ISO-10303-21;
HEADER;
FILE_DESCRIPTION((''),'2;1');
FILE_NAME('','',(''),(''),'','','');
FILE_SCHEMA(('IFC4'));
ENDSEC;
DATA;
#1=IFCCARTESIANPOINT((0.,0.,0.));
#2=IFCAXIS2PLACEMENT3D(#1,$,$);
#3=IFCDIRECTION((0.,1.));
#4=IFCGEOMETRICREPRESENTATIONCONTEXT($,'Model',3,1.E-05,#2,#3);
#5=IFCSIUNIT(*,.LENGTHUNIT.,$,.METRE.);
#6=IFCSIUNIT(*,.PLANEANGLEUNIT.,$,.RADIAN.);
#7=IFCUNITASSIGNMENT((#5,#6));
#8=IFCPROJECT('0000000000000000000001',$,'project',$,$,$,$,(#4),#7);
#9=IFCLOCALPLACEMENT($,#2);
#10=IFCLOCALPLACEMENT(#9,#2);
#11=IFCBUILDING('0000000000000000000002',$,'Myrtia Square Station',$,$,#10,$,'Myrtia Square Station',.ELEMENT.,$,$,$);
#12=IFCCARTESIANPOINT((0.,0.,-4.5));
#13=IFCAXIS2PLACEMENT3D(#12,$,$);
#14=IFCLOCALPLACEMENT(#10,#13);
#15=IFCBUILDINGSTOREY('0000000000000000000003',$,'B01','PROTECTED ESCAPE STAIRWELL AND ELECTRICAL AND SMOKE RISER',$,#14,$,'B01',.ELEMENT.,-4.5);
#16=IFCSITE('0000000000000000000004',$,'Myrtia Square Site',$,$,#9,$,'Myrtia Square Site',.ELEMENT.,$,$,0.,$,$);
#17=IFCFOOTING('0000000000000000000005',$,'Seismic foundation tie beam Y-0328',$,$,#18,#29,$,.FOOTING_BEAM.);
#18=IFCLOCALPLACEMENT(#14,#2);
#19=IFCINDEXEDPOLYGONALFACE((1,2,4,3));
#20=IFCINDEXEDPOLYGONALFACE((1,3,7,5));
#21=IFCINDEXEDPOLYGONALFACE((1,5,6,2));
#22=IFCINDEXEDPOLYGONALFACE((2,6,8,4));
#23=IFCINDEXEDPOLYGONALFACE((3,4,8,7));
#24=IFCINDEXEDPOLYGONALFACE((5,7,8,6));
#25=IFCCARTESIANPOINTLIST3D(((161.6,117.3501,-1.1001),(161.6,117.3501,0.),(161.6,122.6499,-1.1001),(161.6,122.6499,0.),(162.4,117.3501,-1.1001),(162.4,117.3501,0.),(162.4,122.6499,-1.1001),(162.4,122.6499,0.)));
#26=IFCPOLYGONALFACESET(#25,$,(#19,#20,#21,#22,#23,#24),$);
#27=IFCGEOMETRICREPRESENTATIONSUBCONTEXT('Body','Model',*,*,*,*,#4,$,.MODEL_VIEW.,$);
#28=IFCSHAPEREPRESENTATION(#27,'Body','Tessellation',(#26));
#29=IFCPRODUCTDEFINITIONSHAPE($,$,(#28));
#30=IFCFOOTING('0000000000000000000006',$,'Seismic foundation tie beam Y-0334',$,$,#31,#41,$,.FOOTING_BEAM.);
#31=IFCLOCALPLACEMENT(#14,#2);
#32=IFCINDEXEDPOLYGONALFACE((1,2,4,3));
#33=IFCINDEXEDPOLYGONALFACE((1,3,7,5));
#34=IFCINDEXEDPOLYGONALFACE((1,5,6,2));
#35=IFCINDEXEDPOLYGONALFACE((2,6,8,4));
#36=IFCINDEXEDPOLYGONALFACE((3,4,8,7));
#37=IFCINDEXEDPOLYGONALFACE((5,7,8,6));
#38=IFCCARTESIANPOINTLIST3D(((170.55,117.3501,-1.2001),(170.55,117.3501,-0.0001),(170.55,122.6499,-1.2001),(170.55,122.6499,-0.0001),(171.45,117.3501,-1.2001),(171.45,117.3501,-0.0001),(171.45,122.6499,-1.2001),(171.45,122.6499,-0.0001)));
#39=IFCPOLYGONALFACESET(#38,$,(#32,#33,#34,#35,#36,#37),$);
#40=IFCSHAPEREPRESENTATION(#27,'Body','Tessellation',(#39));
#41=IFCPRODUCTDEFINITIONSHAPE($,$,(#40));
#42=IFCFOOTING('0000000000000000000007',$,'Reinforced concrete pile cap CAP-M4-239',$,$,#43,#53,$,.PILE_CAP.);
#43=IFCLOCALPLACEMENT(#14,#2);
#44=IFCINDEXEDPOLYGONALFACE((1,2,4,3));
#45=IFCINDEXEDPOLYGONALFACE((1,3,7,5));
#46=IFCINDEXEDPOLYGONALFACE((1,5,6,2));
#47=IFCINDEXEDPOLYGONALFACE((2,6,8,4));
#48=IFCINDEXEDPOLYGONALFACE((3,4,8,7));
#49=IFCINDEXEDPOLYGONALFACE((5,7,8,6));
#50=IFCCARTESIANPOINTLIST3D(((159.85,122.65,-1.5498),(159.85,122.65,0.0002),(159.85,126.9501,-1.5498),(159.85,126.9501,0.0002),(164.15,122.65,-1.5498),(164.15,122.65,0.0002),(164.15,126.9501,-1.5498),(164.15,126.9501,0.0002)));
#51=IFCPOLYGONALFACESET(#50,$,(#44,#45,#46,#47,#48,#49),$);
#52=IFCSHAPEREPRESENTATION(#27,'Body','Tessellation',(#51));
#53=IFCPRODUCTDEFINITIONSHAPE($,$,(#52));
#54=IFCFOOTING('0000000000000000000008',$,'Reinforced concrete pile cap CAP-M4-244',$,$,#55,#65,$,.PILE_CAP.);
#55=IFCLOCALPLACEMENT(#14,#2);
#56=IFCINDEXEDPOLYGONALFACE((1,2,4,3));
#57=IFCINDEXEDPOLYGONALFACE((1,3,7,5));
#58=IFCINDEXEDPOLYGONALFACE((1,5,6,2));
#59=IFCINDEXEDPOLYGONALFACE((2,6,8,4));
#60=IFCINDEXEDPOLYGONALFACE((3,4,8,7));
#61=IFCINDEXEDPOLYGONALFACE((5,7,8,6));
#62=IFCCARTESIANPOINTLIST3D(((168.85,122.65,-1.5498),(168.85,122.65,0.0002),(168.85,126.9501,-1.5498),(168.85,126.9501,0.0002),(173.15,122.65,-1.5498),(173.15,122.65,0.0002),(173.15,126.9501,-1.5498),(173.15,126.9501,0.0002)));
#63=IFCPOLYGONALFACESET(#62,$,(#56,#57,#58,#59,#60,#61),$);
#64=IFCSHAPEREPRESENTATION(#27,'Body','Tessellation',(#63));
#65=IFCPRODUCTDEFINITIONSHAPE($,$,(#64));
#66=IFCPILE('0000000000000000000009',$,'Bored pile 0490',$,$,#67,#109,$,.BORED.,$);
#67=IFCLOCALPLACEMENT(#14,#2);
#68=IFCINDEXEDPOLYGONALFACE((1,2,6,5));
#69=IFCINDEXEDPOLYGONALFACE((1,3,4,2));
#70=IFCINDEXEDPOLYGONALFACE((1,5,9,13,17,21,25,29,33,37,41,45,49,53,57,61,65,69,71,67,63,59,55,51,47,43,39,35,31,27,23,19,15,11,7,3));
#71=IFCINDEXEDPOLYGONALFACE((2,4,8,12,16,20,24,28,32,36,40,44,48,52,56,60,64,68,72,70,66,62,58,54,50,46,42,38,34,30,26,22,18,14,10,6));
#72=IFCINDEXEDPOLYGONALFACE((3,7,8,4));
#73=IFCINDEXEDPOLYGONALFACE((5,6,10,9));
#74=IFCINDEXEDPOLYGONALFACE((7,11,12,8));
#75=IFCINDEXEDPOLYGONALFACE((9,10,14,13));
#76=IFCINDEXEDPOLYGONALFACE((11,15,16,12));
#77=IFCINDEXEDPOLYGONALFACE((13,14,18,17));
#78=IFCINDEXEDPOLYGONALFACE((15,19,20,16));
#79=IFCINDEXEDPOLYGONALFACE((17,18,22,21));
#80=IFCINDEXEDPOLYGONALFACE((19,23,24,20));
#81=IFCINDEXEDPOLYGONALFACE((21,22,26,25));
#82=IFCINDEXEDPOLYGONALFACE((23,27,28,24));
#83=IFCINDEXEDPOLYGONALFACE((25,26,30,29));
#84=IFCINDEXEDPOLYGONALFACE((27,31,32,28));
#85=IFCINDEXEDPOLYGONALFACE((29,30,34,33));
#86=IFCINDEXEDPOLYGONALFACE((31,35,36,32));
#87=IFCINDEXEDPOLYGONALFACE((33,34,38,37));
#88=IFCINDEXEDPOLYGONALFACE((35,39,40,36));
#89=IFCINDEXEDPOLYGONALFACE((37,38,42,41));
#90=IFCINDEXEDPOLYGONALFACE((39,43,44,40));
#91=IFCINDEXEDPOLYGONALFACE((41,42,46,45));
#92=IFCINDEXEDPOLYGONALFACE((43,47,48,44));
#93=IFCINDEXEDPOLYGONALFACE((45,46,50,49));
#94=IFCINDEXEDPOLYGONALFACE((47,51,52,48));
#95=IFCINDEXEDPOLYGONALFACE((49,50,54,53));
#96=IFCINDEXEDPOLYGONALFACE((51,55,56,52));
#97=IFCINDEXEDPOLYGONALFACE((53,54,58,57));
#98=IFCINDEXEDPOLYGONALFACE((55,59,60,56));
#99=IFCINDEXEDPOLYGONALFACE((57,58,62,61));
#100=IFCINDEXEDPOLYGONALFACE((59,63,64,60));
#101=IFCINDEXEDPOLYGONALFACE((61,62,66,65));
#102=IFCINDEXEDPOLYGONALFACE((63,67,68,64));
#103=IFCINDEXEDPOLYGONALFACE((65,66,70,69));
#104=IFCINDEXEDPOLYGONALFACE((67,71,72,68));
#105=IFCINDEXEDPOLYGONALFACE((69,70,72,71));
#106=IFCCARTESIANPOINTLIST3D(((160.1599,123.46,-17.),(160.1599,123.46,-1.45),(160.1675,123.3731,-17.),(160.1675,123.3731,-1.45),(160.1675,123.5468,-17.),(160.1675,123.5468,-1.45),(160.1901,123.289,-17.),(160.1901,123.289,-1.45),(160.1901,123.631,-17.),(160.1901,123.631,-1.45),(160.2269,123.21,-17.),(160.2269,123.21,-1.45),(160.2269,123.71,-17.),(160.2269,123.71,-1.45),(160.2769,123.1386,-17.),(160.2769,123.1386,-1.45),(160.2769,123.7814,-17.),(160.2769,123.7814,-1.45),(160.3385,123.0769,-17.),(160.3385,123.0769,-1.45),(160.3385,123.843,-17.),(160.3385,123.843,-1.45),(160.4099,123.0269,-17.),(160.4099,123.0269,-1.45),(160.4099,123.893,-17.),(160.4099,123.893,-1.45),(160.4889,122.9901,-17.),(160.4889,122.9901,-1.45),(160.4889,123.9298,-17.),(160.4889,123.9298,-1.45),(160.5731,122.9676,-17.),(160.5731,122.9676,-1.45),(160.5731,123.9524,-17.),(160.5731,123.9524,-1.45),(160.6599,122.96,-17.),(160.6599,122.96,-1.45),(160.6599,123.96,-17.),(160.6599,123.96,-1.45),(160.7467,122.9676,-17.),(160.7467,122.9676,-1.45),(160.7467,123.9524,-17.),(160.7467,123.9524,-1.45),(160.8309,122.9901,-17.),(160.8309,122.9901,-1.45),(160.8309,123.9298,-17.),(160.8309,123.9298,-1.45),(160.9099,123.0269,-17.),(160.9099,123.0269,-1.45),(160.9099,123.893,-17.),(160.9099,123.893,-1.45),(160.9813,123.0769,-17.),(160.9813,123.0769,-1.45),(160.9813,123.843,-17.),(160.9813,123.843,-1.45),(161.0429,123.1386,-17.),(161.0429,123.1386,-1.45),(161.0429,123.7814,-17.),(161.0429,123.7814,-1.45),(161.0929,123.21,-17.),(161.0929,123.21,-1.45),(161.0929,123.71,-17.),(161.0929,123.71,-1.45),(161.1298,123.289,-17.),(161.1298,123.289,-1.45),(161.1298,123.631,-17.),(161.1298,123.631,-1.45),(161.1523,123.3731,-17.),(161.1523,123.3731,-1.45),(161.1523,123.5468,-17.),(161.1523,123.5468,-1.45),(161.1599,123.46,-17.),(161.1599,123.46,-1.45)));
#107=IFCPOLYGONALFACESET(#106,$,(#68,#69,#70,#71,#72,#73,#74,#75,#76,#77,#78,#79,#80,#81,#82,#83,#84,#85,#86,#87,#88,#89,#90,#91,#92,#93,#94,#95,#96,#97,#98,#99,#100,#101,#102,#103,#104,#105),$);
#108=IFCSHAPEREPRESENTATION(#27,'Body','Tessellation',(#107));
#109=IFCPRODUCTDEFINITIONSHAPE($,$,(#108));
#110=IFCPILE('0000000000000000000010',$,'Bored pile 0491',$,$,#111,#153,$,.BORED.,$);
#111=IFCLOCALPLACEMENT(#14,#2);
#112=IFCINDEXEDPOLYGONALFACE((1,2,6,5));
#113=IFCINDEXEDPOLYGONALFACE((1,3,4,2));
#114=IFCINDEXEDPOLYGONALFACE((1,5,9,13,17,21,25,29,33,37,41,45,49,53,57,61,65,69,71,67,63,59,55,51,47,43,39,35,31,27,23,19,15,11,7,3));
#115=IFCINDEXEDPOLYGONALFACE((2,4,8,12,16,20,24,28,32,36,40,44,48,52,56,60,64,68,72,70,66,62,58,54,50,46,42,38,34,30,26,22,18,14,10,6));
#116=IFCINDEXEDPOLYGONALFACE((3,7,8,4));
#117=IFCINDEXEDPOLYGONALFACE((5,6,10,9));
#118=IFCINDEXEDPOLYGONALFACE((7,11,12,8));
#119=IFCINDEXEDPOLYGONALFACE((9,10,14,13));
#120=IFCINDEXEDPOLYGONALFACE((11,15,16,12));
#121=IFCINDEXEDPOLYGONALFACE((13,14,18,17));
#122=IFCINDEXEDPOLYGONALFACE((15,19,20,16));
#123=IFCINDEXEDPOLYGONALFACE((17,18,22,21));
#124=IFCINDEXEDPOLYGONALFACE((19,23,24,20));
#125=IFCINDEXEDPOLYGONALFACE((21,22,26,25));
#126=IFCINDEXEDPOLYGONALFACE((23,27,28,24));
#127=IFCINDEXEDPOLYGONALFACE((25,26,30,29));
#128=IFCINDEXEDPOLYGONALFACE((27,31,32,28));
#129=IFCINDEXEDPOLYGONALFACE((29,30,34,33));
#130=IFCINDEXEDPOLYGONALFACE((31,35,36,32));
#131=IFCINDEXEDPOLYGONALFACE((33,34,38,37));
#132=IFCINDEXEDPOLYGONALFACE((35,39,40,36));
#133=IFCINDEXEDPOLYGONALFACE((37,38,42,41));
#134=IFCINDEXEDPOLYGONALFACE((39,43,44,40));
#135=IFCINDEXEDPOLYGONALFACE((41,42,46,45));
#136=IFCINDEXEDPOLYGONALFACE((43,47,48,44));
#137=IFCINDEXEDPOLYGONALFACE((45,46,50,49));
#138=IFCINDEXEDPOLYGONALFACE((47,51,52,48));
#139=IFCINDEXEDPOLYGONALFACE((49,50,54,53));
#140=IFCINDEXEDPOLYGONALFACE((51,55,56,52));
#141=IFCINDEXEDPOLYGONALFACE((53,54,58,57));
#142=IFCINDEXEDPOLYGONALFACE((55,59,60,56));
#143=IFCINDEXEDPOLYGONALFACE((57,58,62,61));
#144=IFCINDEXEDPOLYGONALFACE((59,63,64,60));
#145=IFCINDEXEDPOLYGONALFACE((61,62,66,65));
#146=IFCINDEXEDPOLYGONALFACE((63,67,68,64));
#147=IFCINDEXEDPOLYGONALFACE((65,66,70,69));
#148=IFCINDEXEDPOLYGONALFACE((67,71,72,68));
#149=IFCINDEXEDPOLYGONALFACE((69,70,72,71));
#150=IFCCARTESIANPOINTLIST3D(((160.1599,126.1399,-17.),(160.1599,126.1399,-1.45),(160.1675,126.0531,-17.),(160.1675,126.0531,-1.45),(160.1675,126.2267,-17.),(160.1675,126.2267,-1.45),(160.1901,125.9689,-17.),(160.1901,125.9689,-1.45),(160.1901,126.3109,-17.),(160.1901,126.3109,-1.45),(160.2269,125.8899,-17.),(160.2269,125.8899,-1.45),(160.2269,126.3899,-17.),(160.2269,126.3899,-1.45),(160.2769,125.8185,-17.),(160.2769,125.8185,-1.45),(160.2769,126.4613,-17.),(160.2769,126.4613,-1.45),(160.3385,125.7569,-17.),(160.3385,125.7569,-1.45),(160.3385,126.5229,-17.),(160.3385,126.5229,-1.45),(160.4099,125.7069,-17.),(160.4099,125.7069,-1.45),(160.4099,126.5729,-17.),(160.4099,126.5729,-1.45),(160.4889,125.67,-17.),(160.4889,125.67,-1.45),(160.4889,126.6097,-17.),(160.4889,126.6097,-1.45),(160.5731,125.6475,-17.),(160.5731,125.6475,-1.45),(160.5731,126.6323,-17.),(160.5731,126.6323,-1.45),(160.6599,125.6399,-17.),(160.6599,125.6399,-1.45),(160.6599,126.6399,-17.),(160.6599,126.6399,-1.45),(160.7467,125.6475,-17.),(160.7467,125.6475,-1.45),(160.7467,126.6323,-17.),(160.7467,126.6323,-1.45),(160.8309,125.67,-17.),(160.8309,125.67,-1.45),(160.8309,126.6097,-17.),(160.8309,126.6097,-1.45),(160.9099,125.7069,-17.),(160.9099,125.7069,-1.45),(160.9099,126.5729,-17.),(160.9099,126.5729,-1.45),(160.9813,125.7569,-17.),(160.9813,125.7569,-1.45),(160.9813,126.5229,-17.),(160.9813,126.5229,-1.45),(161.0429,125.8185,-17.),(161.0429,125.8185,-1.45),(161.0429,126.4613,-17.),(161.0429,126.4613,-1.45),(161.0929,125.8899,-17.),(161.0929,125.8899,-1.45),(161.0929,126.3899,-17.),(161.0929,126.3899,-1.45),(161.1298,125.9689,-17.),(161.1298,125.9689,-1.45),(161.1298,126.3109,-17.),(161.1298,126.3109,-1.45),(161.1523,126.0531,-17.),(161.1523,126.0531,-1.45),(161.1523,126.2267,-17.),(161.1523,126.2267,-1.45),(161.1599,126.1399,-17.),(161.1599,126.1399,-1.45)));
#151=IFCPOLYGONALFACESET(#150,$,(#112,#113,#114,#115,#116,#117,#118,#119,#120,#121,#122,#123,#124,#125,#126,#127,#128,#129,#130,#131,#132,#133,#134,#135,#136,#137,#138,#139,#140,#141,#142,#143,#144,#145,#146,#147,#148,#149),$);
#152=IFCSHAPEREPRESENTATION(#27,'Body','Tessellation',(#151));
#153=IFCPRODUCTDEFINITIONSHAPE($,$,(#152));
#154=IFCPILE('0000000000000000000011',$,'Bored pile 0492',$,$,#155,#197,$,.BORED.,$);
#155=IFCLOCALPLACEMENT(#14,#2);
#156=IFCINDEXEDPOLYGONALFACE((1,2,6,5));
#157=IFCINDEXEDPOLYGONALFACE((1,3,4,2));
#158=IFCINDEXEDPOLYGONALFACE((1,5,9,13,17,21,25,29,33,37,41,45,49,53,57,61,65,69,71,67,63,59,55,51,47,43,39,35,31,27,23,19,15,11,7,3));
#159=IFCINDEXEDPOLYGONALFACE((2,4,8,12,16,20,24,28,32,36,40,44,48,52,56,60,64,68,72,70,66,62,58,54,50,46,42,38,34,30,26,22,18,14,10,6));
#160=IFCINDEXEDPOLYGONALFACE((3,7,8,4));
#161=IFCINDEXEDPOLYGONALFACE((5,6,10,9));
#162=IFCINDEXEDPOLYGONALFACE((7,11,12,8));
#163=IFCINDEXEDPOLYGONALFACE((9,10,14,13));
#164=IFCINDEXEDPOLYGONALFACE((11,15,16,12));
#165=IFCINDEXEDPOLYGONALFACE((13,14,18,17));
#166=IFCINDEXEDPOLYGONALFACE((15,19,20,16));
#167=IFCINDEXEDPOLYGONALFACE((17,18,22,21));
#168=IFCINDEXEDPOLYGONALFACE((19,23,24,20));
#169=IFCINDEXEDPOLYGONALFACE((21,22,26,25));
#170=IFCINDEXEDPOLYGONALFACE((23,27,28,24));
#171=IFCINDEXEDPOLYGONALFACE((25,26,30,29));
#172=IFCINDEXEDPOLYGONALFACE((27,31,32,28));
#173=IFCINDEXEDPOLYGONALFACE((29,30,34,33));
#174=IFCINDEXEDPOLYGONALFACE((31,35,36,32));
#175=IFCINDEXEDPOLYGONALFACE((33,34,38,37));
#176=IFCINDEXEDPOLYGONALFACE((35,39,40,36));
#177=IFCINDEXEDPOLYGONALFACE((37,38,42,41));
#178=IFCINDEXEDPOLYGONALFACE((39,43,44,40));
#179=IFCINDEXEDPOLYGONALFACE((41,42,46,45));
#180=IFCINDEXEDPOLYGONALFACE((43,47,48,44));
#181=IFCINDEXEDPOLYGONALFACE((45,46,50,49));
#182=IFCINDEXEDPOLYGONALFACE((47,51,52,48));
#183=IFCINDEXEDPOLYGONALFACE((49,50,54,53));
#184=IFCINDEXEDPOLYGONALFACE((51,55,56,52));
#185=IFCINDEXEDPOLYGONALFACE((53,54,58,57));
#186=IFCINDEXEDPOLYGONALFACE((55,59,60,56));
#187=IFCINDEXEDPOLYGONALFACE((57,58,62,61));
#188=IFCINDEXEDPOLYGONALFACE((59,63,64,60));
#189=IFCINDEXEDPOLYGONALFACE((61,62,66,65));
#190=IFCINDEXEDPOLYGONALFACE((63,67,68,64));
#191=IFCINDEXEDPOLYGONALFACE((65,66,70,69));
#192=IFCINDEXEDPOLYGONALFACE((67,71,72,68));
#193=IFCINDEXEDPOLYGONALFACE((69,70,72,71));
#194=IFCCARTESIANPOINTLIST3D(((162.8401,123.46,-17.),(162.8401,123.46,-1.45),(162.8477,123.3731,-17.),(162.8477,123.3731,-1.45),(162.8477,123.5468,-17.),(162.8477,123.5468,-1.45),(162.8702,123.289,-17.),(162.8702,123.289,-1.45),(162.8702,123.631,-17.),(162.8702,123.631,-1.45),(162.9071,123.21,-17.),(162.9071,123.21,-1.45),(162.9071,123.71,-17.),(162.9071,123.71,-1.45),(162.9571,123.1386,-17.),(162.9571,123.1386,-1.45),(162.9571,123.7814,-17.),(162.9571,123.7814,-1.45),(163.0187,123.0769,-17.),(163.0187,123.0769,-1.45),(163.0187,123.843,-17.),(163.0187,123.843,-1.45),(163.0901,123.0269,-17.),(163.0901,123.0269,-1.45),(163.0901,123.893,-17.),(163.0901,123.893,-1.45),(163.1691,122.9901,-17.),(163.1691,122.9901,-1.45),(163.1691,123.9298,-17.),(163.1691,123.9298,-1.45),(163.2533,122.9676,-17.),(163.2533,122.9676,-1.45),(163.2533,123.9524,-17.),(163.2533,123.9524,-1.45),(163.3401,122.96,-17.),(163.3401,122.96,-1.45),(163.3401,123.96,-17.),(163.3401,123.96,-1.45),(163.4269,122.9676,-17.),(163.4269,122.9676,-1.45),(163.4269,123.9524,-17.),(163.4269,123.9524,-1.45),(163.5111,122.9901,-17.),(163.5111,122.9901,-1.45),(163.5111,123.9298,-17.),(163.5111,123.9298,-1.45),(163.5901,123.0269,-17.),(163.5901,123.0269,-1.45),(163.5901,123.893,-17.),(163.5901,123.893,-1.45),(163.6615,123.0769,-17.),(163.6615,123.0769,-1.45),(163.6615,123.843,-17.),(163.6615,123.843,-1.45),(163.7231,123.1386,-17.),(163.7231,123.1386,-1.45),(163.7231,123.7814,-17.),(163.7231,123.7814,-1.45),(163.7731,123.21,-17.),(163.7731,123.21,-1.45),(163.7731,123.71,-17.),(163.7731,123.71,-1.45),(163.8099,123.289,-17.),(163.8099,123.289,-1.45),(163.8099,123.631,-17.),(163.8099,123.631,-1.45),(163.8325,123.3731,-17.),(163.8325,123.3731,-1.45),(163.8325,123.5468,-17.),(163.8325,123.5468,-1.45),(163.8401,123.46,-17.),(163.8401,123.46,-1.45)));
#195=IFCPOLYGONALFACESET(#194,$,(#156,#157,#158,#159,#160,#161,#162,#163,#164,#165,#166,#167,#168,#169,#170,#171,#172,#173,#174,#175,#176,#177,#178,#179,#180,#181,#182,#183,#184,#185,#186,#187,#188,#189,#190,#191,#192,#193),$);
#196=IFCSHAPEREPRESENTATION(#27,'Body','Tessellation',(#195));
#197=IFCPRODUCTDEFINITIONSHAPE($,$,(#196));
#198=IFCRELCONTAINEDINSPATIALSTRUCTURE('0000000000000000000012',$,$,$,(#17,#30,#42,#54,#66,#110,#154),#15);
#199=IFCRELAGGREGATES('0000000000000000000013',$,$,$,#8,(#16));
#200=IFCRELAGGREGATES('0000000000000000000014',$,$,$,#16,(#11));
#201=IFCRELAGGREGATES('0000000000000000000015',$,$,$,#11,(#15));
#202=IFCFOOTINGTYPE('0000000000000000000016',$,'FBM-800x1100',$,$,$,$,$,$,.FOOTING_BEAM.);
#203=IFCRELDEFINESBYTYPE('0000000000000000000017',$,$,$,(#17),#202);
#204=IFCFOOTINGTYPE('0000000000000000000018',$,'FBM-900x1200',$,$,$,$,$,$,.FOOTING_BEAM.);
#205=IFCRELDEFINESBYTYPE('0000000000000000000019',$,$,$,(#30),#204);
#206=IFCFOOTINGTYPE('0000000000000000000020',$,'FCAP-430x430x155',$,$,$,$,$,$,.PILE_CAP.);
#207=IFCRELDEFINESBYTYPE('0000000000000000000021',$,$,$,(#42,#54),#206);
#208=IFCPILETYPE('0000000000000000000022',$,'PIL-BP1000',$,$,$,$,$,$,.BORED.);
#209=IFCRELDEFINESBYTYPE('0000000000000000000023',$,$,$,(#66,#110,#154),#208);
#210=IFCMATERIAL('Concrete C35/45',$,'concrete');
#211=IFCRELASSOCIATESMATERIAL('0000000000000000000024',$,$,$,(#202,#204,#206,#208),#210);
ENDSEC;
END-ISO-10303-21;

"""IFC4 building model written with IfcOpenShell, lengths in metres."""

from ifc_helpers import new_model, si_unit, direction, frame, origin, origin_2d, place, context, subcontext, project, spatial, rectangle, circle, extrude, material, material_profile, profile_set, type_object, element, save


model = new_model("IFC4")

# Units and contexts
model_context = context("Model", 3, precision=1e-05, world=origin(), true_north=direction((0.0, 1.0)))
body_context = subcontext(model_context, "Body", "Model", "MODEL_VIEW")
ifc_project = project(units=[si_unit("LENGTHUNIT", "METRE"), si_unit("PLANEANGLEUNIT", "RADIAN")], contexts=[model_context])

# Site, building, storey
site_placement = place(None, origin())
site = spatial("IfcSite", under=ifc_project, at=site_placement, Name="Myrtia Square Site", LongName="Myrtia Square Site", CompositionType="ELEMENT", RefElevation=0.0)
building_placement = place(site_placement, origin())
building = spatial("IfcBuilding", under=site, at=building_placement, Name="Myrtia Square Station", LongName="Myrtia Square Station", CompositionType="ELEMENT")
storey_placement = place(building_placement, frame((0.0, 0.0, -4.5)))
storey = spatial("IfcBuildingStorey", under=building, at=storey_placement, Name="B01", Description="PROTECTED ESCAPE STAIRWELL AND ELECTRICAL AND SMOKE RISER", LongName="B01", CompositionType="ELEMENT", Elevation=-4.5)

# Footings
ifc_material_1 = material(Name="Concrete C35/45", Category="concrete")
ifc_material_profile_1 = material_profile(ifc_material_1, rectangle(XDim=0.8, YDim=1.1001, at=origin_2d()), Name="FB 800x1100")
ifc_profile_set_1 = profile_set([ifc_material_profile_1], Name="Concrete C35/45")
footing_type_1 = type_object("IfcFootingType", Name="FBM-800x1100", PredefinedType="FOOTING_BEAM", material=ifc_profile_set_1)
footing_1_placement = place(storey_placement, frame((162.0, 117.3501, -0.55), z_axis=(0.0, 1.0, 0.0), x_axis=(-1.0, 0.0, 0.0)))
element("IfcFooting", 1, at=footing_1_placement, inside=storey, type_object=footing_type_1, Name="Seismic foundation tie beam Y-0328", PredefinedType="FOOTING_BEAM", context=body_context, shape_type="SweptSolid", body=[
    extrude(rectangle(XDim=0.8, YDim=1.1001, at=origin_2d()), origin(), (0.0, 0.0, 1.0), 5.2998),
])
ifc_material_profile_2 = material_profile(ifc_material_1, rectangle(XDim=0.8999, YDim=1.2, at=origin_2d()), Name="FB 900x1200")
ifc_profile_set_2 = profile_set([ifc_material_profile_2], Name="Concrete C35/45")
footing_type_2 = type_object("IfcFootingType", Name="FBM-900x1200", PredefinedType="FOOTING_BEAM", material=ifc_profile_set_2)
footing_2_placement = place(storey_placement, frame((171.0, 117.3501, -0.6001), z_axis=(0.0, 1.0, 0.0), x_axis=(-1.0, 0.0, 0.0)))
element("IfcFooting", 2, at=footing_2_placement, inside=storey, type_object=footing_type_2, Name="Seismic foundation tie beam Y-0334", PredefinedType="FOOTING_BEAM", context=body_context, shape_type="SweptSolid", body=[
    extrude(rectangle(XDim=0.8999, YDim=1.2, at=origin_2d()), origin(), (0.0, 0.0, 1.0), 5.2998),
])
footing_type_3 = type_object("IfcFootingType", Name="FCAP-430x430x155", PredefinedType="PILE_CAP", material=ifc_material_1)
for number, where, z_axis, x_axis, name in (
    (3, (162.0, 124.8, -1.5498), (0.0, 0.0, 1.0), (1.0, 0.0, 0.0), "Reinforced concrete pile cap CAP-M4-239"),
    (4, (171.0, 124.8, -1.5498), (0.0, 0.0, 1.0), (1.0, 0.0, 0.0), "Reinforced concrete pile cap CAP-M4-244"),
):
    element("IfcFooting", number, at=place(storey_placement, frame(where, z_axis=z_axis, x_axis=x_axis)), inside=storey, type_object=footing_type_3, Name=name, PredefinedType="PILE_CAP", context=body_context, shape_type="SweptSolid", body=[
        extrude(rectangle(XDim=4.3, YDim=4.3, at=origin_2d()), origin(), (0.0, 0.0, 1.0), 1.55),
    ])

# Piles
ifc_material_profile_3 = material_profile(ifc_material_1, circle(Radius=0.5, at=origin_2d()), Name="BP D1000")
ifc_profile_set_3 = profile_set([ifc_material_profile_3], Name="Concrete C35/45")
pile_type = type_object("IfcPileType", Name="PIL-BP1000", PredefinedType="BORED", material=ifc_profile_set_3)
for number, where, z_axis, x_axis, name in (
    (5, (160.6599, 123.46, -1.45), (0.0, 0.0, -1.0), (1.0, 0.0, 0.0), "Bored pile 0490"),
    (6, (160.6599, 126.1399, -1.45), (0.0, 0.0, -1.0), (1.0, 0.0, 0.0), "Bored pile 0491"),
    (7, (163.3401, 123.46, -1.45), (0.0, 0.0, -1.0), (1.0, 0.0, 0.0), "Bored pile 0492"),
):
    element("IfcPile", number, at=place(storey_placement, frame(where, z_axis=z_axis, x_axis=x_axis)), inside=storey, type_object=pile_type, Name=name, PredefinedType="BORED", context=body_context, shape_type="SweptSolid", body=[
        extrude(circle(Radius=0.5, at=origin_2d()), origin(), (0.0, 0.0, 1.0), 15.55),
    ])

save(model, "model.ifc")
